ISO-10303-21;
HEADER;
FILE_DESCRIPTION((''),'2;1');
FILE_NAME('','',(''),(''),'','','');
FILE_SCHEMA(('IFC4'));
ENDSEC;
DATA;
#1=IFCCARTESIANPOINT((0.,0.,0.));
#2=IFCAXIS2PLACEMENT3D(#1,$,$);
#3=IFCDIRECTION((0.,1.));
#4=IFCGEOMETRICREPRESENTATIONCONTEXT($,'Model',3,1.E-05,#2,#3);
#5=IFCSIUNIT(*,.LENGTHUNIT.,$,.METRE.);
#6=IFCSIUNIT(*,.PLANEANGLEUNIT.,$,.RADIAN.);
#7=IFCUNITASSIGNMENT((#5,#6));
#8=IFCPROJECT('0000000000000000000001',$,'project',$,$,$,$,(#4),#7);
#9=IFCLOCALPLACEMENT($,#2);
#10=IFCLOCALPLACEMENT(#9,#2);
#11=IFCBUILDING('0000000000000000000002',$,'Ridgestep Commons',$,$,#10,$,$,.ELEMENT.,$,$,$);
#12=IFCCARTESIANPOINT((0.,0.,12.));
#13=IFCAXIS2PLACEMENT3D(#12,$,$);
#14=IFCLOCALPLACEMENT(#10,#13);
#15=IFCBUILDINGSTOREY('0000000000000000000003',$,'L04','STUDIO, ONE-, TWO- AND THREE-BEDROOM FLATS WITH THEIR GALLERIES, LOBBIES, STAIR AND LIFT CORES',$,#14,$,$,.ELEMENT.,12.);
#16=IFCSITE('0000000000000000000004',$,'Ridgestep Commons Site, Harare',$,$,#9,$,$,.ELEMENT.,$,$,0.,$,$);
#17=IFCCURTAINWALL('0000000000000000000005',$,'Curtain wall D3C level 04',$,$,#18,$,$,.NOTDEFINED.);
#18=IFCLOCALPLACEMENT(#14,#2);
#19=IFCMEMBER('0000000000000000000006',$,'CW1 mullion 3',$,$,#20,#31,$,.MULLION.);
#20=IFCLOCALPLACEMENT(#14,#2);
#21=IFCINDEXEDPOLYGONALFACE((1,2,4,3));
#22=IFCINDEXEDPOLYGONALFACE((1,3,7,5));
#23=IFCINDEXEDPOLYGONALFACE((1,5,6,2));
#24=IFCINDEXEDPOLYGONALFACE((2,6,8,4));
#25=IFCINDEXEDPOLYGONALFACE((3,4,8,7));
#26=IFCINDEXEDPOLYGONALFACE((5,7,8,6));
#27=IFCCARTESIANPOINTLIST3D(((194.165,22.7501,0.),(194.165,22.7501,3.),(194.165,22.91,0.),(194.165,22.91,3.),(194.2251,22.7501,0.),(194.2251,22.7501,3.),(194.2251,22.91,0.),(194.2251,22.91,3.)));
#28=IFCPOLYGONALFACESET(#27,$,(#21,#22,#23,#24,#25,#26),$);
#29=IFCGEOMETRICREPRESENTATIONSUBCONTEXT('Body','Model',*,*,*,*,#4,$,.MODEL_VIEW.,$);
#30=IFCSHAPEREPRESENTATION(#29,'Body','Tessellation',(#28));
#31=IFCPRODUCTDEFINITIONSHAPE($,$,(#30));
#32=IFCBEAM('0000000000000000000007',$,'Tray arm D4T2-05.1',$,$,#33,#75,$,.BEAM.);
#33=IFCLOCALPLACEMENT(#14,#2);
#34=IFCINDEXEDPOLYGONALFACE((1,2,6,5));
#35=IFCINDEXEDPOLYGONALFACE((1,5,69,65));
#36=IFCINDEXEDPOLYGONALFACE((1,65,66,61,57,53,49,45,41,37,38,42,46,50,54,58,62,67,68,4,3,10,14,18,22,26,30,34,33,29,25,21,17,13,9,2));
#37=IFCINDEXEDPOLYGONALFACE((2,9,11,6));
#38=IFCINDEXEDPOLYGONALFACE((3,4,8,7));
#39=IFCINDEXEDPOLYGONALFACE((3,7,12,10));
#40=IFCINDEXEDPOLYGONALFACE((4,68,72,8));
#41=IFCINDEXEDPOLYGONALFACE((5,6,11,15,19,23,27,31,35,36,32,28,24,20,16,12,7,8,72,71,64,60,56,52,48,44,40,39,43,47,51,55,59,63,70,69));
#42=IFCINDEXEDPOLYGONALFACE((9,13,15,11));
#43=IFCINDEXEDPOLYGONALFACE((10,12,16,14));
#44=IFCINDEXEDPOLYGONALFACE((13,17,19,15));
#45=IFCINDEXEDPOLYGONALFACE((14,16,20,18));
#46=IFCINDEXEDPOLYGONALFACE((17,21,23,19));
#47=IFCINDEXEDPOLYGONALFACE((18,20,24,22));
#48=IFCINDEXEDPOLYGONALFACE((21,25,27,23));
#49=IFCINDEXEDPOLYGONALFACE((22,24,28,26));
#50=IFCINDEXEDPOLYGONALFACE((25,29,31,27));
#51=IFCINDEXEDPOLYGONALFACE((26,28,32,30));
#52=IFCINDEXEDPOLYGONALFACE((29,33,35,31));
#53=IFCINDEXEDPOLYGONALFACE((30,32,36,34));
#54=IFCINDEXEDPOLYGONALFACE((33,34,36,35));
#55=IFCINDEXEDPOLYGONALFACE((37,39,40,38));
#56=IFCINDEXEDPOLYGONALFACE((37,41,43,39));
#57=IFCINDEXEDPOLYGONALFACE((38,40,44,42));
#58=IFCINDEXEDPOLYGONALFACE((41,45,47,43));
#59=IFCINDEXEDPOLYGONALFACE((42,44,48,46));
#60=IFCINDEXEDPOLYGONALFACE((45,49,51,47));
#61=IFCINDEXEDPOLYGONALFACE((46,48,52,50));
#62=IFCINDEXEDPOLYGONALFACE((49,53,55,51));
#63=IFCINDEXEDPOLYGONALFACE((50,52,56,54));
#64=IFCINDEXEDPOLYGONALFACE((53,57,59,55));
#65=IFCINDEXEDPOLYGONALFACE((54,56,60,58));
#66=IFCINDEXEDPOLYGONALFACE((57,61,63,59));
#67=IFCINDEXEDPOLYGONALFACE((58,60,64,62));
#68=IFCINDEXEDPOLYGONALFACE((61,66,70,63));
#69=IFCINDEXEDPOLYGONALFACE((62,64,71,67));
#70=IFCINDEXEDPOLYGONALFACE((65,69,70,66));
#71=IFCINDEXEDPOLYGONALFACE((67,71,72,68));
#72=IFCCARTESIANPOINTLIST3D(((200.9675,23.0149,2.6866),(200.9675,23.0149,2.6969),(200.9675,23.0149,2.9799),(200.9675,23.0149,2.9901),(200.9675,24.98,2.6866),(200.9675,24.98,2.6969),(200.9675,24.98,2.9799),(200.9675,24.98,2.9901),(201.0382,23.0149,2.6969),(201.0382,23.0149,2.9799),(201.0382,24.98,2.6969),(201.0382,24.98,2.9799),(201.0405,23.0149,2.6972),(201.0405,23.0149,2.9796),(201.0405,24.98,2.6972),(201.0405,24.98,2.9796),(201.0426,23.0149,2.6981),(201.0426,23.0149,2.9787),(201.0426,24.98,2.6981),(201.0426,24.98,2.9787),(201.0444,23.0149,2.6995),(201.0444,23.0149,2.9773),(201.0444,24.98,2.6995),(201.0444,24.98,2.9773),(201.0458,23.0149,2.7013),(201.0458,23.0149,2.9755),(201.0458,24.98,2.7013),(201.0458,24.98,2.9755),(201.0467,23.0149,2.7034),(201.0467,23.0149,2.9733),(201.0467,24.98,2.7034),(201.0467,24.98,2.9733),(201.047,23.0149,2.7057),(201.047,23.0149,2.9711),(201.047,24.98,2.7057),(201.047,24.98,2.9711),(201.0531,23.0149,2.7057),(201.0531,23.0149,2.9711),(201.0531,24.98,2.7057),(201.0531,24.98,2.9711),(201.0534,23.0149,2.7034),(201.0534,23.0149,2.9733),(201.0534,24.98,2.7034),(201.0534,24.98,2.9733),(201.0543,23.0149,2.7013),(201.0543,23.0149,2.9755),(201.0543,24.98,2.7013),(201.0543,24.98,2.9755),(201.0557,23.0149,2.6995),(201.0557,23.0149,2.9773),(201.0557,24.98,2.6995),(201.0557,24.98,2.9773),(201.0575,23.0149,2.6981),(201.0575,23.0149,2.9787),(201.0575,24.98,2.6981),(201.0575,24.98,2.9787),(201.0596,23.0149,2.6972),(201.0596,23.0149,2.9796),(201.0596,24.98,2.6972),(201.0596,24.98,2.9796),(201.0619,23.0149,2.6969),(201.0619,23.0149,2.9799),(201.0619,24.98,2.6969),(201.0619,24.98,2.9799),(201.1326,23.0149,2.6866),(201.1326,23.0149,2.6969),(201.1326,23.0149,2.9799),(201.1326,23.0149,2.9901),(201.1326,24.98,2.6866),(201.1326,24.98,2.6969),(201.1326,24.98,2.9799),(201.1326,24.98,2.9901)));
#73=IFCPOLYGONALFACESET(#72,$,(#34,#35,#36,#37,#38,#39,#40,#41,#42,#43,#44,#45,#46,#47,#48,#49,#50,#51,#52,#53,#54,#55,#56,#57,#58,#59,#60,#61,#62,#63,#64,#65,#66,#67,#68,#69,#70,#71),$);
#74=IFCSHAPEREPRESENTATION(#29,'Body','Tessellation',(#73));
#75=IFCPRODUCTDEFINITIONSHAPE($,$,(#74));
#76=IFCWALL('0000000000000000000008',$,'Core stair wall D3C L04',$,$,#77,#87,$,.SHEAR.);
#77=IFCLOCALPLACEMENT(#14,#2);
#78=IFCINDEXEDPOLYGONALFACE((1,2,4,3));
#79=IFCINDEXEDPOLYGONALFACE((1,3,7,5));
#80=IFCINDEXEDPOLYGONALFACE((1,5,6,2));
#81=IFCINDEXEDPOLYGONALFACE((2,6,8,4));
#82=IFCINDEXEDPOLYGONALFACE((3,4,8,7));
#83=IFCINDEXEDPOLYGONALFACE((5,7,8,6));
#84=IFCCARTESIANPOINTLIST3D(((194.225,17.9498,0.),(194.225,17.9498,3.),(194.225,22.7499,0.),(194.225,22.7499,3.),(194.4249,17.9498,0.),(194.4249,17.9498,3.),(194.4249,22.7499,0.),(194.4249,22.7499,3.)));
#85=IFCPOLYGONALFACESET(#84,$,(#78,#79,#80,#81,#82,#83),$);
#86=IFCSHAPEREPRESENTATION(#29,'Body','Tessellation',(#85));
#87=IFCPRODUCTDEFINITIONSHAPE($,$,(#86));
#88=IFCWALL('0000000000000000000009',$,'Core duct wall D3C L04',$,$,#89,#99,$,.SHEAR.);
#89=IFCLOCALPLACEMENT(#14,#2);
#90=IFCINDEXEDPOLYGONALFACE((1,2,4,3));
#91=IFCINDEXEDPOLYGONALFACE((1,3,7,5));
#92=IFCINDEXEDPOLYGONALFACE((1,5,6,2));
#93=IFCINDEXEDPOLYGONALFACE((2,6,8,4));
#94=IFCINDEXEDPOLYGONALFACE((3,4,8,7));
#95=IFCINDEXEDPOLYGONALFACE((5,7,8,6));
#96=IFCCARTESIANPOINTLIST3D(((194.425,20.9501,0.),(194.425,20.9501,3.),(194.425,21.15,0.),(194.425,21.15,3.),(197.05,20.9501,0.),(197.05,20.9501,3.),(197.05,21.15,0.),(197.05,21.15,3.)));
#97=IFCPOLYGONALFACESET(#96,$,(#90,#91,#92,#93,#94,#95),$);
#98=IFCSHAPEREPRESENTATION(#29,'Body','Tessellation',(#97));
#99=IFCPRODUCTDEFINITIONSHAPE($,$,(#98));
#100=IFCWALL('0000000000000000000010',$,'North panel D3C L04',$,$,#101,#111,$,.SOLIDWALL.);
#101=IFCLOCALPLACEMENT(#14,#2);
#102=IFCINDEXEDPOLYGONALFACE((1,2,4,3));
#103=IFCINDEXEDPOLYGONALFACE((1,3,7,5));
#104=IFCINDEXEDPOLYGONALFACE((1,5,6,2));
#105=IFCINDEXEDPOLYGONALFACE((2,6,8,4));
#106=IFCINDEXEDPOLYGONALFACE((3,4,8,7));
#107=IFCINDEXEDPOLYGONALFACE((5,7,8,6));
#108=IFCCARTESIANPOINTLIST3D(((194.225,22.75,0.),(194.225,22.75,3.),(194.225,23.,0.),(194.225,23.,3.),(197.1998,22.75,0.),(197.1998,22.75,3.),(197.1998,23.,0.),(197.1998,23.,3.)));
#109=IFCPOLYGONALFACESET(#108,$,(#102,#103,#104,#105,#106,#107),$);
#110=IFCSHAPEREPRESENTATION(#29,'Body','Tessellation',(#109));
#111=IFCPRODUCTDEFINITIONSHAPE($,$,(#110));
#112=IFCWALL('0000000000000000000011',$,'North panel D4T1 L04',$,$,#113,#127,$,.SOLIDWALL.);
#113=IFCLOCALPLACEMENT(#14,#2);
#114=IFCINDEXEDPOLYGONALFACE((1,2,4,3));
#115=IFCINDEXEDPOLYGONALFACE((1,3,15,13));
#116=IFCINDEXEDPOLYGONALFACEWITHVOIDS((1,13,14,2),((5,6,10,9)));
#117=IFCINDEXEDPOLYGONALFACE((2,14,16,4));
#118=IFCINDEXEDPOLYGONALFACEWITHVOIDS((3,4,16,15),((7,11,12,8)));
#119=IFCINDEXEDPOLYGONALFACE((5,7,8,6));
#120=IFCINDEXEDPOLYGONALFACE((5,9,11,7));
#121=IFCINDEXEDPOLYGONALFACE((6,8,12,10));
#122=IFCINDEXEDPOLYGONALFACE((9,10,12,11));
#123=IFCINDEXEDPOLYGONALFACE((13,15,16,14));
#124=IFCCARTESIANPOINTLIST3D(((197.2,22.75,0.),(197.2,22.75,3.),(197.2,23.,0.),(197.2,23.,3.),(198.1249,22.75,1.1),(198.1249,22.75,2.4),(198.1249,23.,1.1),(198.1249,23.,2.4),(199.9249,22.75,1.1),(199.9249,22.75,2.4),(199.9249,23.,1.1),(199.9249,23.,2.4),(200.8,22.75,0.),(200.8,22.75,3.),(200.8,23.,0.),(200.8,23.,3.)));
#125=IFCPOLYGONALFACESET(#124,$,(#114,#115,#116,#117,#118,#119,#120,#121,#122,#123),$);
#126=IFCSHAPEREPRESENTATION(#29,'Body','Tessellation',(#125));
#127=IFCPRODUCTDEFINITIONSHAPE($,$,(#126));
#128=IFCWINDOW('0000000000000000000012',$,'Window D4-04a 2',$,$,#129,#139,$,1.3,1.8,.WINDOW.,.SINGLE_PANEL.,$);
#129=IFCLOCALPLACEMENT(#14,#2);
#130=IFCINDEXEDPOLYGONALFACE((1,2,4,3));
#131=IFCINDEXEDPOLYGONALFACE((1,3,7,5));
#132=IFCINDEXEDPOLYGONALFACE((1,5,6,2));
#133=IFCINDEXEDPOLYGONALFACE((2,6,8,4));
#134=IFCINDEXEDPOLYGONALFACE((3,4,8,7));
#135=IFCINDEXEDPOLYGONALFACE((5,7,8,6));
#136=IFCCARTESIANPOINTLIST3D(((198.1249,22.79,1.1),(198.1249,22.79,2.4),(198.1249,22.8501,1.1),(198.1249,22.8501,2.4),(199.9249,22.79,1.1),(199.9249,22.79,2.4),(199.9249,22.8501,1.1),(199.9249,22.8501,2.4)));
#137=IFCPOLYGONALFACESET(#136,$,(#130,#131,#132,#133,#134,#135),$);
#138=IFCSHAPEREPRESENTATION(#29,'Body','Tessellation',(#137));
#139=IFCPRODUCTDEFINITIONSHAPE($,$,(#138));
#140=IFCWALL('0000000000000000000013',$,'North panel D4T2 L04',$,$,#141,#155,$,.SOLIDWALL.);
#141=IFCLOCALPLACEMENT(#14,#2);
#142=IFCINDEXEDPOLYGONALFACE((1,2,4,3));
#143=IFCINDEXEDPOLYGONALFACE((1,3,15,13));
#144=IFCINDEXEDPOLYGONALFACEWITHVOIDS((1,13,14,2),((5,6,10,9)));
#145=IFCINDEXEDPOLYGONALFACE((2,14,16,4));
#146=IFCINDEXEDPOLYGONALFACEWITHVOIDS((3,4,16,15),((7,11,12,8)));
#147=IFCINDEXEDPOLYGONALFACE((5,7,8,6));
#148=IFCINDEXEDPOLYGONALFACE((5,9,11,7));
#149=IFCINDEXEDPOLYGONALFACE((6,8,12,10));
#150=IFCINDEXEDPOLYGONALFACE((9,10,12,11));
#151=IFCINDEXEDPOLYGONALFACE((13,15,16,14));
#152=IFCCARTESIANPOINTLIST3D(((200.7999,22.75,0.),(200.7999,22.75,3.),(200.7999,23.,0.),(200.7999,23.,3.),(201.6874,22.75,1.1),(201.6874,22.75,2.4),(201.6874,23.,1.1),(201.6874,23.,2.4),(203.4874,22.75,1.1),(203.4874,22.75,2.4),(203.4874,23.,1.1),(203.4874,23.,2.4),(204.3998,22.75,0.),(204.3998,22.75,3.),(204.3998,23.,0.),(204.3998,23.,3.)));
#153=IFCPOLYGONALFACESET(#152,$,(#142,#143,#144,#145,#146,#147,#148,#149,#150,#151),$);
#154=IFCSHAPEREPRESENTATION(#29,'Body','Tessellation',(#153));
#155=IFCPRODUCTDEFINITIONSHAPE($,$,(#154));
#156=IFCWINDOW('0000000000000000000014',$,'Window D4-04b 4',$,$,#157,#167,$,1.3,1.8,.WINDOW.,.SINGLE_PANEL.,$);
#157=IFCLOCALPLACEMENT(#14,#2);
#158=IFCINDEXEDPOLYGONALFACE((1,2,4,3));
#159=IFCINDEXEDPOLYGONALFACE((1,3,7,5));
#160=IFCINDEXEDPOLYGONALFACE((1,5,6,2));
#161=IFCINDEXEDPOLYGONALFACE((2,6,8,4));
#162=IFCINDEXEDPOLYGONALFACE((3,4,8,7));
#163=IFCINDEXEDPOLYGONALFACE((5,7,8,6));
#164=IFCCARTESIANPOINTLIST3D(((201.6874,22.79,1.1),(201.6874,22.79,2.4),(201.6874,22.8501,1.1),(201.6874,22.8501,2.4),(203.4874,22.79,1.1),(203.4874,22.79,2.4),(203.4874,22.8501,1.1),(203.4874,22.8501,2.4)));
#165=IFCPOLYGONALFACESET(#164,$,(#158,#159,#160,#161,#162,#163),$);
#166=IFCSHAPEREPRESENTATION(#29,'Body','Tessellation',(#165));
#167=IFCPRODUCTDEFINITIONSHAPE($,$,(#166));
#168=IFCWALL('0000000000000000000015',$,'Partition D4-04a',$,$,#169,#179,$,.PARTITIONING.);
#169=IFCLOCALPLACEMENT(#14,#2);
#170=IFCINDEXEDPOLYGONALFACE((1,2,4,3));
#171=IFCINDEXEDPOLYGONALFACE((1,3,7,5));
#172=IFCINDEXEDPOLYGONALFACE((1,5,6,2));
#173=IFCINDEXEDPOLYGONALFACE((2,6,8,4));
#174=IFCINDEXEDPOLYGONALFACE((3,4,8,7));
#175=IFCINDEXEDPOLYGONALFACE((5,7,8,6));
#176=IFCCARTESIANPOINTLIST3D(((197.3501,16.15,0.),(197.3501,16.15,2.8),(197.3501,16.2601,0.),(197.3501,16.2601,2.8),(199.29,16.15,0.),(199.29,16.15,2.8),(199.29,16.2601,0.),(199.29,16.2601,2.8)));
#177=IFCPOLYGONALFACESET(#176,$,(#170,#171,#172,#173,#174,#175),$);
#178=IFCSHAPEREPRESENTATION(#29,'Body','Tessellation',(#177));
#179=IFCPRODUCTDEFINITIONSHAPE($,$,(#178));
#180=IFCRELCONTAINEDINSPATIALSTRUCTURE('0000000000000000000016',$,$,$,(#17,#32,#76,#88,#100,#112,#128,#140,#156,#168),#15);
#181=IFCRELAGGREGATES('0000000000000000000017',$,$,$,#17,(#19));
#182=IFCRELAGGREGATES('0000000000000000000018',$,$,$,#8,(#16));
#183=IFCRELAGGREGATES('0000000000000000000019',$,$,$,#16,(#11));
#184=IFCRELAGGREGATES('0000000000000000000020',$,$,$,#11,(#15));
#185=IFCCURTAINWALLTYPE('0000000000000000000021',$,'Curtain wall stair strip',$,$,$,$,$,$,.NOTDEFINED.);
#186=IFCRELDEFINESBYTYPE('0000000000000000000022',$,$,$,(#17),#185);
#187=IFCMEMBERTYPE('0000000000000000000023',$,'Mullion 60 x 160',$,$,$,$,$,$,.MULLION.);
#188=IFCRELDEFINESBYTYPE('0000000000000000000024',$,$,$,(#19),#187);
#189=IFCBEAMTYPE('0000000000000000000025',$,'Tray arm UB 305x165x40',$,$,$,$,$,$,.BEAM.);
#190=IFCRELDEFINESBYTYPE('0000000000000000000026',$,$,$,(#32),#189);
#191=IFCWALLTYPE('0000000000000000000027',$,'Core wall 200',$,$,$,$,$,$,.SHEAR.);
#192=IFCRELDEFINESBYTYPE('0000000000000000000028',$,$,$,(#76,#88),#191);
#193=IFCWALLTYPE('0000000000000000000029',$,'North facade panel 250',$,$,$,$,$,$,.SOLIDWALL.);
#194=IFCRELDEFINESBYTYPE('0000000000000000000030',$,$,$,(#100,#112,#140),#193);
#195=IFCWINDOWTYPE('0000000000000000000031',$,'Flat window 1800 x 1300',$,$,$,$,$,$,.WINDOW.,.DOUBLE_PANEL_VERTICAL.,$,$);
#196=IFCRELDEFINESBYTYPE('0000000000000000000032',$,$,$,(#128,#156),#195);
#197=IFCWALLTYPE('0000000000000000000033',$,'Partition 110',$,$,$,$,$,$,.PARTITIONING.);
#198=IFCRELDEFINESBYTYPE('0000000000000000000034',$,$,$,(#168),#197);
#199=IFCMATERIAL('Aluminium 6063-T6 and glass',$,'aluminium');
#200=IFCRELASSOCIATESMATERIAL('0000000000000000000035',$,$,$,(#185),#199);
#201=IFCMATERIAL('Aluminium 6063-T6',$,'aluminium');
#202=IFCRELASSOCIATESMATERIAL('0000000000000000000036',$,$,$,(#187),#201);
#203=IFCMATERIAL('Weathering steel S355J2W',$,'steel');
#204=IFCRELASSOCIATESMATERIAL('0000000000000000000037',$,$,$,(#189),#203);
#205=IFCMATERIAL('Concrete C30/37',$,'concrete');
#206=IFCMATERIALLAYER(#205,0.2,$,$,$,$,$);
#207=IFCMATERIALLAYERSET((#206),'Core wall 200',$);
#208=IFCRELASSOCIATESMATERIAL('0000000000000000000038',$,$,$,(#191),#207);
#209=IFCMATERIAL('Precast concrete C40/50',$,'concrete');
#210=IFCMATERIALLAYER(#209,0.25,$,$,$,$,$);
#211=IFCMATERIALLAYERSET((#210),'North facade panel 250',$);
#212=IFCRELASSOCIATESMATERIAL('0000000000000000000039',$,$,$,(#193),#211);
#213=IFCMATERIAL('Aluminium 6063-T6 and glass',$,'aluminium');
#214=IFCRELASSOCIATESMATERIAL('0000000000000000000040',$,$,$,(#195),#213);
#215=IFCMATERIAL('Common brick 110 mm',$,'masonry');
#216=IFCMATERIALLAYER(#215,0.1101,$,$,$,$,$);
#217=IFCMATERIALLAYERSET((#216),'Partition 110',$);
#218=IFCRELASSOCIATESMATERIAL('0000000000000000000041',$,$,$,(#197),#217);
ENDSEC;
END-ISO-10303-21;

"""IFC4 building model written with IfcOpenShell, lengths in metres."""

from ifc_helpers import new_model, si_unit, direction, frame, frame_2d, origin, origin_2d, place, context, subcontext, project, spatial, rectangle, i_section, extrude, material, layer, layer_set, material_profile, profile_set, type_object, element, fill, aggregate, save


model = new_model("IFC4")

# Units and contexts
model_context = context("Model", 3, precision=1e-05, world=origin(), true_north=direction((0.0, 1.0)))
body_context = subcontext(model_context, "Body", "Model", "MODEL_VIEW")
ifc_project = project(units=[si_unit("LENGTHUNIT", "METRE"), si_unit("PLANEANGLEUNIT", "RADIAN")], contexts=[model_context])

# Site, building, storey
site_placement = place(None, origin())
site = spatial("IfcSite", under=ifc_project, at=site_placement, Name="Ridgestep Commons Site, Harare", CompositionType="ELEMENT", RefElevation=0.0)
building_placement = place(site_placement, origin())
building = spatial("IfcBuilding", under=site, at=building_placement, Name="Ridgestep Commons", CompositionType="ELEMENT")
storey_placement = place(building_placement, frame((0.0, 0.0, 12.0)))
storey = spatial("IfcBuildingStorey", under=building, at=storey_placement, Name="L04", Description="STUDIO, ONE-, TWO- AND THREE-BEDROOM FLATS WITH THEIR GALLERIES, LOBBIES, STAIR AND LIFT CORES", CompositionType="ELEMENT", Elevation=12.0)

# Curtain wall, member
ifc_material_1 = material(Name="Aluminium 6063-T6 and glass", Category="aluminium")
curtain_wall_type = type_object("IfcCurtainWallType", Name="Curtain wall stair strip", PredefinedType="NOTDEFINED", material=ifc_material_1)
curtain_wall_placement = place(storey_placement, origin())
curtain_wall = element("IfcCurtainWall", 1, at=curtain_wall_placement, inside=storey, type_object=curtain_wall_type, Name="Curtain wall D3C level 04", PredefinedType="NOTDEFINED")
ifc_material_2 = material(Name="Aluminium 6063-T6", Category="aluminium")
ifc_material_profile_1 = material_profile(ifc_material_2, rectangle(XDim=0.1599, YDim=0.0601, at=origin_2d()), Name="Mullion 60 x 160")
ifc_profile_set_1 = profile_set([ifc_material_profile_1], Name="Aluminium 6063-T6")
member_type = type_object("IfcMemberType", Name="Mullion 60 x 160", PredefinedType="MULLION", material=ifc_profile_set_1)
member_placement = place(storey_placement, frame((194.1951, 22.8301, 0.0), z_axis=(0.0, 0.0, 1.0), x_axis=(0.0, 1.0, 0.0)))
member = element("IfcMember", 2, at=member_placement, type_object=member_type, Name="CW1 mullion 3", PredefinedType="MULLION", context=body_context, shape_type="SweptSolid", body=[
    extrude(rectangle(XDim=0.1599, YDim=0.0601, at=origin_2d()), origin(), (0.0, 0.0, 1.0), 3.0),
])
aggregate(curtain_wall, [member])

# Beam
ifc_material_3 = material(Name="Weathering steel S355J2W", Category="steel")
ifc_material_profile_2 = material_profile(ifc_material_3, i_section(OverallWidth=0.165, OverallDepth=0.3035, WebThickness=0.0061, FlangeThickness=0.0103, FilletRadius=0.0088, at=origin_2d()), Name="UB 305x165x40")
ifc_profile_set_2 = profile_set([ifc_material_profile_2], Name="Weathering steel S355J2W")
beam_type = type_object("IfcBeamType", Name="Tray arm UB 305x165x40", PredefinedType="BEAM", material=ifc_profile_set_2)
beam_placement = place(storey_placement, frame((201.05, 23.0149, 2.8384), z_axis=(0.0, 1.0, 0.0), x_axis=(-1.0, 0.0, 0.0)))
element("IfcBeam", 3, at=beam_placement, inside=storey, type_object=beam_type, Name="Tray arm D4T2-05.1", PredefinedType="BEAM", context=body_context, shape_type="SweptSolid", body=[
    extrude(i_section(OverallWidth=0.165, OverallDepth=0.3035, WebThickness=0.0061, FlangeThickness=0.0103, FilletRadius=0.0088, at=origin_2d()), origin(), (0.0, 0.0, 1.0), 1.9651),
])

# Walls
ifc_material_4 = material(Name="Concrete C30/37", Category="concrete")
ifc_layer_1 = layer(ifc_material_4, 0.2)
ifc_layer_set_1 = layer_set([ifc_layer_1], Name="Core wall 200")
wall_type_1 = type_object("IfcWallType", Name="Core wall 200", PredefinedType="SHEAR", material=ifc_layer_set_1)
wall_1_placement = place(storey_placement, frame((194.325, 17.95, 0.0), z_axis=(0.0, 0.0, 1.0), x_axis=(0.0, 1.0, 0.0)))
element("IfcWall", 4, at=wall_1_placement, inside=storey, type_object=wall_type_1, Name="Core stair wall D3C L04", PredefinedType="SHEAR", context=body_context, shape_type="SweptSolid", body=[
    extrude(rectangle(XDim=4.8, YDim=0.2, at=frame_2d((2.3999, 0.0))), origin(), (0.0, 0.0, 1.0), 3.0),
])
wall_2_placement = place(storey_placement, frame((194.425, 21.05, 0.0), z_axis=(0.0, 0.0, 1.0), x_axis=(1.0, 0.0, 0.0)))
element("IfcWall", 5, at=wall_2_placement, inside=storey, type_object=wall_type_1, Name="Core duct wall D3C L04", PredefinedType="SHEAR", context=body_context, shape_type="SweptSolid", body=[
    extrude(rectangle(XDim=2.625, YDim=0.2, at=frame_2d((1.3125, 0.0))), origin(), (0.0, 0.0, 1.0), 3.0),
])
ifc_material_5 = material(Name="Precast concrete C40/50", Category="concrete")
ifc_layer_2 = layer(ifc_material_5, 0.25)
ifc_layer_set_2 = layer_set([ifc_layer_2], Name="North facade panel 250")
wall_type_2 = type_object("IfcWallType", Name="North facade panel 250", PredefinedType="SOLIDWALL", material=ifc_layer_set_2)
wall_3_placement = place(storey_placement, frame((194.2251, 22.875, 0.0), z_axis=(0.0, 0.0, 1.0), x_axis=(1.0, 0.0, 0.0)))
element("IfcWall", 6, at=wall_3_placement, inside=storey, type_object=wall_type_2, Name="North panel D3C L04", PredefinedType="SOLIDWALL", context=body_context, shape_type="SweptSolid", body=[
    extrude(rectangle(XDim=2.9749, YDim=0.25, at=frame_2d((1.4873, 0.0))), origin(), (0.0, 0.0, 1.0), 3.0),
])

# Walls, openings, windows
wall_4_placement = place(storey_placement, frame((197.2, 22.875, 0.0), z_axis=(0.0, 0.0, 1.0), x_axis=(1.0, 0.0, 0.0)))
wall_4 = element("IfcWall", 7, at=wall_4_placement, inside=storey, type_object=wall_type_2, Name="North panel D4T1 L04", PredefinedType="SOLIDWALL", context=body_context, shape_type="SweptSolid", body=[
    extrude(rectangle(XDim=3.6001, YDim=0.25, at=frame_2d((1.8, 0.0))), origin(), (0.0, 0.0, 1.0), 3.0),
])
opening_1_placement = place(wall_4_placement, frame((0.925, 0.0, 1.1001)))
opening_1 = element("IfcOpeningElement", 8, at=opening_1_placement, cuts=wall_4, PredefinedType="OPENING", context=body_context, shape_type="SweptSolid", body=[
    extrude(rectangle(XDim=1.8, YDim=1.3, at=frame_2d((0.8999, 0.6499))), frame((0.0, 0.135, 0.0), z_axis=(0.0, -1.0, 0.0), x_axis=(1.0, 0.0, 0.0)), (0.0, 0.0, 1.0), 0.27),
])
ifc_material_6 = material(Name="Aluminium 6063-T6 and glass", Category="aluminium")
window_type = type_object("IfcWindowType", Name="Flat window 1800 x 1300", PartitioningType="DOUBLE_PANEL_VERTICAL", PredefinedType="WINDOW", material=ifc_material_6)
window_1_placement = place(opening_1_placement, origin())
window_1 = element("IfcWindow", 9, at=window_1_placement, inside=storey, type_object=window_type, Name="Window D4-04a 2", OverallHeight=1.3, OverallWidth=1.8, PartitioningType="SINGLE_PANEL", PredefinedType="WINDOW", context=body_context, shape_type="SweptSolid", body=[
    extrude(rectangle(XDim=1.8, YDim=1.3, at=frame_2d((0.8999, 0.6499))), frame((0.0, -0.0249, 0.0), z_axis=(0.0, -1.0, 0.0), x_axis=(1.0, 0.0, 0.0)), (0.0, 0.0, 1.0), 0.0601),
])
fill(opening_1, window_1)
wall_5_placement = place(storey_placement, frame((200.8, 22.875, 0.0), z_axis=(0.0, 0.0, 1.0), x_axis=(1.0, 0.0, 0.0)))
wall_5 = element("IfcWall", 10, at=wall_5_placement, inside=storey, type_object=wall_type_2, Name="North panel D4T2 L04", PredefinedType="SOLIDWALL", context=body_context, shape_type="SweptSolid", body=[
    extrude(rectangle(XDim=3.5999, YDim=0.25, at=frame_2d((1.7998, 0.0))), origin(), (0.0, 0.0, 1.0), 3.0),
])
opening_2_placement = place(wall_5_placement, frame((0.8875, 0.0, 1.1001)))
opening_2 = element("IfcOpeningElement", 11, at=opening_2_placement, cuts=wall_5, PredefinedType="OPENING", context=body_context, shape_type="SweptSolid", body=[
    extrude(rectangle(XDim=1.8, YDim=1.3, at=frame_2d((0.8999, 0.6499))), frame((0.0, 0.135, 0.0), z_axis=(0.0, -1.0, 0.0), x_axis=(1.0, 0.0, 0.0)), (0.0, 0.0, 1.0), 0.27),
])
window_2_placement = place(opening_2_placement, origin())
window_2 = element("IfcWindow", 12, at=window_2_placement, inside=storey, type_object=window_type, Name="Window D4-04b 4", OverallHeight=1.3, OverallWidth=1.8, PartitioningType="SINGLE_PANEL", PredefinedType="WINDOW", context=body_context, shape_type="SweptSolid", body=[
    extrude(rectangle(XDim=1.8, YDim=1.3, at=frame_2d((0.8999, 0.6499))), frame((0.0, -0.0249, 0.0), z_axis=(0.0, -1.0, 0.0), x_axis=(1.0, 0.0, 0.0)), (0.0, 0.0, 1.0), 0.0601),
])
fill(opening_2, window_2)

# Wall
ifc_material_7 = material(Name="Common brick 110 mm", Category="masonry")
ifc_layer_3 = layer(ifc_material_7, 0.1101)
ifc_layer_set_3 = layer_set([ifc_layer_3], Name="Partition 110")
wall_type_3 = type_object("IfcWallType", Name="Partition 110", PredefinedType="PARTITIONING", material=ifc_layer_set_3)
wall_6_placement = place(storey_placement, frame((197.3501, 16.2051, 0.0), z_axis=(0.0, 0.0, 1.0), x_axis=(1.0, 0.0, 0.0)))
element("IfcWall", 13, at=wall_6_placement, inside=storey, type_object=wall_type_3, Name="Partition D4-04a", PredefinedType="PARTITIONING", context=body_context, shape_type="SweptSolid", body=[
    extrude(rectangle(XDim=1.9399, YDim=0.1101, at=frame_2d((0.97, 0.0))), origin(), (0.0, 0.0, 1.0), 2.8),
])

save(model, "model.ifc")
